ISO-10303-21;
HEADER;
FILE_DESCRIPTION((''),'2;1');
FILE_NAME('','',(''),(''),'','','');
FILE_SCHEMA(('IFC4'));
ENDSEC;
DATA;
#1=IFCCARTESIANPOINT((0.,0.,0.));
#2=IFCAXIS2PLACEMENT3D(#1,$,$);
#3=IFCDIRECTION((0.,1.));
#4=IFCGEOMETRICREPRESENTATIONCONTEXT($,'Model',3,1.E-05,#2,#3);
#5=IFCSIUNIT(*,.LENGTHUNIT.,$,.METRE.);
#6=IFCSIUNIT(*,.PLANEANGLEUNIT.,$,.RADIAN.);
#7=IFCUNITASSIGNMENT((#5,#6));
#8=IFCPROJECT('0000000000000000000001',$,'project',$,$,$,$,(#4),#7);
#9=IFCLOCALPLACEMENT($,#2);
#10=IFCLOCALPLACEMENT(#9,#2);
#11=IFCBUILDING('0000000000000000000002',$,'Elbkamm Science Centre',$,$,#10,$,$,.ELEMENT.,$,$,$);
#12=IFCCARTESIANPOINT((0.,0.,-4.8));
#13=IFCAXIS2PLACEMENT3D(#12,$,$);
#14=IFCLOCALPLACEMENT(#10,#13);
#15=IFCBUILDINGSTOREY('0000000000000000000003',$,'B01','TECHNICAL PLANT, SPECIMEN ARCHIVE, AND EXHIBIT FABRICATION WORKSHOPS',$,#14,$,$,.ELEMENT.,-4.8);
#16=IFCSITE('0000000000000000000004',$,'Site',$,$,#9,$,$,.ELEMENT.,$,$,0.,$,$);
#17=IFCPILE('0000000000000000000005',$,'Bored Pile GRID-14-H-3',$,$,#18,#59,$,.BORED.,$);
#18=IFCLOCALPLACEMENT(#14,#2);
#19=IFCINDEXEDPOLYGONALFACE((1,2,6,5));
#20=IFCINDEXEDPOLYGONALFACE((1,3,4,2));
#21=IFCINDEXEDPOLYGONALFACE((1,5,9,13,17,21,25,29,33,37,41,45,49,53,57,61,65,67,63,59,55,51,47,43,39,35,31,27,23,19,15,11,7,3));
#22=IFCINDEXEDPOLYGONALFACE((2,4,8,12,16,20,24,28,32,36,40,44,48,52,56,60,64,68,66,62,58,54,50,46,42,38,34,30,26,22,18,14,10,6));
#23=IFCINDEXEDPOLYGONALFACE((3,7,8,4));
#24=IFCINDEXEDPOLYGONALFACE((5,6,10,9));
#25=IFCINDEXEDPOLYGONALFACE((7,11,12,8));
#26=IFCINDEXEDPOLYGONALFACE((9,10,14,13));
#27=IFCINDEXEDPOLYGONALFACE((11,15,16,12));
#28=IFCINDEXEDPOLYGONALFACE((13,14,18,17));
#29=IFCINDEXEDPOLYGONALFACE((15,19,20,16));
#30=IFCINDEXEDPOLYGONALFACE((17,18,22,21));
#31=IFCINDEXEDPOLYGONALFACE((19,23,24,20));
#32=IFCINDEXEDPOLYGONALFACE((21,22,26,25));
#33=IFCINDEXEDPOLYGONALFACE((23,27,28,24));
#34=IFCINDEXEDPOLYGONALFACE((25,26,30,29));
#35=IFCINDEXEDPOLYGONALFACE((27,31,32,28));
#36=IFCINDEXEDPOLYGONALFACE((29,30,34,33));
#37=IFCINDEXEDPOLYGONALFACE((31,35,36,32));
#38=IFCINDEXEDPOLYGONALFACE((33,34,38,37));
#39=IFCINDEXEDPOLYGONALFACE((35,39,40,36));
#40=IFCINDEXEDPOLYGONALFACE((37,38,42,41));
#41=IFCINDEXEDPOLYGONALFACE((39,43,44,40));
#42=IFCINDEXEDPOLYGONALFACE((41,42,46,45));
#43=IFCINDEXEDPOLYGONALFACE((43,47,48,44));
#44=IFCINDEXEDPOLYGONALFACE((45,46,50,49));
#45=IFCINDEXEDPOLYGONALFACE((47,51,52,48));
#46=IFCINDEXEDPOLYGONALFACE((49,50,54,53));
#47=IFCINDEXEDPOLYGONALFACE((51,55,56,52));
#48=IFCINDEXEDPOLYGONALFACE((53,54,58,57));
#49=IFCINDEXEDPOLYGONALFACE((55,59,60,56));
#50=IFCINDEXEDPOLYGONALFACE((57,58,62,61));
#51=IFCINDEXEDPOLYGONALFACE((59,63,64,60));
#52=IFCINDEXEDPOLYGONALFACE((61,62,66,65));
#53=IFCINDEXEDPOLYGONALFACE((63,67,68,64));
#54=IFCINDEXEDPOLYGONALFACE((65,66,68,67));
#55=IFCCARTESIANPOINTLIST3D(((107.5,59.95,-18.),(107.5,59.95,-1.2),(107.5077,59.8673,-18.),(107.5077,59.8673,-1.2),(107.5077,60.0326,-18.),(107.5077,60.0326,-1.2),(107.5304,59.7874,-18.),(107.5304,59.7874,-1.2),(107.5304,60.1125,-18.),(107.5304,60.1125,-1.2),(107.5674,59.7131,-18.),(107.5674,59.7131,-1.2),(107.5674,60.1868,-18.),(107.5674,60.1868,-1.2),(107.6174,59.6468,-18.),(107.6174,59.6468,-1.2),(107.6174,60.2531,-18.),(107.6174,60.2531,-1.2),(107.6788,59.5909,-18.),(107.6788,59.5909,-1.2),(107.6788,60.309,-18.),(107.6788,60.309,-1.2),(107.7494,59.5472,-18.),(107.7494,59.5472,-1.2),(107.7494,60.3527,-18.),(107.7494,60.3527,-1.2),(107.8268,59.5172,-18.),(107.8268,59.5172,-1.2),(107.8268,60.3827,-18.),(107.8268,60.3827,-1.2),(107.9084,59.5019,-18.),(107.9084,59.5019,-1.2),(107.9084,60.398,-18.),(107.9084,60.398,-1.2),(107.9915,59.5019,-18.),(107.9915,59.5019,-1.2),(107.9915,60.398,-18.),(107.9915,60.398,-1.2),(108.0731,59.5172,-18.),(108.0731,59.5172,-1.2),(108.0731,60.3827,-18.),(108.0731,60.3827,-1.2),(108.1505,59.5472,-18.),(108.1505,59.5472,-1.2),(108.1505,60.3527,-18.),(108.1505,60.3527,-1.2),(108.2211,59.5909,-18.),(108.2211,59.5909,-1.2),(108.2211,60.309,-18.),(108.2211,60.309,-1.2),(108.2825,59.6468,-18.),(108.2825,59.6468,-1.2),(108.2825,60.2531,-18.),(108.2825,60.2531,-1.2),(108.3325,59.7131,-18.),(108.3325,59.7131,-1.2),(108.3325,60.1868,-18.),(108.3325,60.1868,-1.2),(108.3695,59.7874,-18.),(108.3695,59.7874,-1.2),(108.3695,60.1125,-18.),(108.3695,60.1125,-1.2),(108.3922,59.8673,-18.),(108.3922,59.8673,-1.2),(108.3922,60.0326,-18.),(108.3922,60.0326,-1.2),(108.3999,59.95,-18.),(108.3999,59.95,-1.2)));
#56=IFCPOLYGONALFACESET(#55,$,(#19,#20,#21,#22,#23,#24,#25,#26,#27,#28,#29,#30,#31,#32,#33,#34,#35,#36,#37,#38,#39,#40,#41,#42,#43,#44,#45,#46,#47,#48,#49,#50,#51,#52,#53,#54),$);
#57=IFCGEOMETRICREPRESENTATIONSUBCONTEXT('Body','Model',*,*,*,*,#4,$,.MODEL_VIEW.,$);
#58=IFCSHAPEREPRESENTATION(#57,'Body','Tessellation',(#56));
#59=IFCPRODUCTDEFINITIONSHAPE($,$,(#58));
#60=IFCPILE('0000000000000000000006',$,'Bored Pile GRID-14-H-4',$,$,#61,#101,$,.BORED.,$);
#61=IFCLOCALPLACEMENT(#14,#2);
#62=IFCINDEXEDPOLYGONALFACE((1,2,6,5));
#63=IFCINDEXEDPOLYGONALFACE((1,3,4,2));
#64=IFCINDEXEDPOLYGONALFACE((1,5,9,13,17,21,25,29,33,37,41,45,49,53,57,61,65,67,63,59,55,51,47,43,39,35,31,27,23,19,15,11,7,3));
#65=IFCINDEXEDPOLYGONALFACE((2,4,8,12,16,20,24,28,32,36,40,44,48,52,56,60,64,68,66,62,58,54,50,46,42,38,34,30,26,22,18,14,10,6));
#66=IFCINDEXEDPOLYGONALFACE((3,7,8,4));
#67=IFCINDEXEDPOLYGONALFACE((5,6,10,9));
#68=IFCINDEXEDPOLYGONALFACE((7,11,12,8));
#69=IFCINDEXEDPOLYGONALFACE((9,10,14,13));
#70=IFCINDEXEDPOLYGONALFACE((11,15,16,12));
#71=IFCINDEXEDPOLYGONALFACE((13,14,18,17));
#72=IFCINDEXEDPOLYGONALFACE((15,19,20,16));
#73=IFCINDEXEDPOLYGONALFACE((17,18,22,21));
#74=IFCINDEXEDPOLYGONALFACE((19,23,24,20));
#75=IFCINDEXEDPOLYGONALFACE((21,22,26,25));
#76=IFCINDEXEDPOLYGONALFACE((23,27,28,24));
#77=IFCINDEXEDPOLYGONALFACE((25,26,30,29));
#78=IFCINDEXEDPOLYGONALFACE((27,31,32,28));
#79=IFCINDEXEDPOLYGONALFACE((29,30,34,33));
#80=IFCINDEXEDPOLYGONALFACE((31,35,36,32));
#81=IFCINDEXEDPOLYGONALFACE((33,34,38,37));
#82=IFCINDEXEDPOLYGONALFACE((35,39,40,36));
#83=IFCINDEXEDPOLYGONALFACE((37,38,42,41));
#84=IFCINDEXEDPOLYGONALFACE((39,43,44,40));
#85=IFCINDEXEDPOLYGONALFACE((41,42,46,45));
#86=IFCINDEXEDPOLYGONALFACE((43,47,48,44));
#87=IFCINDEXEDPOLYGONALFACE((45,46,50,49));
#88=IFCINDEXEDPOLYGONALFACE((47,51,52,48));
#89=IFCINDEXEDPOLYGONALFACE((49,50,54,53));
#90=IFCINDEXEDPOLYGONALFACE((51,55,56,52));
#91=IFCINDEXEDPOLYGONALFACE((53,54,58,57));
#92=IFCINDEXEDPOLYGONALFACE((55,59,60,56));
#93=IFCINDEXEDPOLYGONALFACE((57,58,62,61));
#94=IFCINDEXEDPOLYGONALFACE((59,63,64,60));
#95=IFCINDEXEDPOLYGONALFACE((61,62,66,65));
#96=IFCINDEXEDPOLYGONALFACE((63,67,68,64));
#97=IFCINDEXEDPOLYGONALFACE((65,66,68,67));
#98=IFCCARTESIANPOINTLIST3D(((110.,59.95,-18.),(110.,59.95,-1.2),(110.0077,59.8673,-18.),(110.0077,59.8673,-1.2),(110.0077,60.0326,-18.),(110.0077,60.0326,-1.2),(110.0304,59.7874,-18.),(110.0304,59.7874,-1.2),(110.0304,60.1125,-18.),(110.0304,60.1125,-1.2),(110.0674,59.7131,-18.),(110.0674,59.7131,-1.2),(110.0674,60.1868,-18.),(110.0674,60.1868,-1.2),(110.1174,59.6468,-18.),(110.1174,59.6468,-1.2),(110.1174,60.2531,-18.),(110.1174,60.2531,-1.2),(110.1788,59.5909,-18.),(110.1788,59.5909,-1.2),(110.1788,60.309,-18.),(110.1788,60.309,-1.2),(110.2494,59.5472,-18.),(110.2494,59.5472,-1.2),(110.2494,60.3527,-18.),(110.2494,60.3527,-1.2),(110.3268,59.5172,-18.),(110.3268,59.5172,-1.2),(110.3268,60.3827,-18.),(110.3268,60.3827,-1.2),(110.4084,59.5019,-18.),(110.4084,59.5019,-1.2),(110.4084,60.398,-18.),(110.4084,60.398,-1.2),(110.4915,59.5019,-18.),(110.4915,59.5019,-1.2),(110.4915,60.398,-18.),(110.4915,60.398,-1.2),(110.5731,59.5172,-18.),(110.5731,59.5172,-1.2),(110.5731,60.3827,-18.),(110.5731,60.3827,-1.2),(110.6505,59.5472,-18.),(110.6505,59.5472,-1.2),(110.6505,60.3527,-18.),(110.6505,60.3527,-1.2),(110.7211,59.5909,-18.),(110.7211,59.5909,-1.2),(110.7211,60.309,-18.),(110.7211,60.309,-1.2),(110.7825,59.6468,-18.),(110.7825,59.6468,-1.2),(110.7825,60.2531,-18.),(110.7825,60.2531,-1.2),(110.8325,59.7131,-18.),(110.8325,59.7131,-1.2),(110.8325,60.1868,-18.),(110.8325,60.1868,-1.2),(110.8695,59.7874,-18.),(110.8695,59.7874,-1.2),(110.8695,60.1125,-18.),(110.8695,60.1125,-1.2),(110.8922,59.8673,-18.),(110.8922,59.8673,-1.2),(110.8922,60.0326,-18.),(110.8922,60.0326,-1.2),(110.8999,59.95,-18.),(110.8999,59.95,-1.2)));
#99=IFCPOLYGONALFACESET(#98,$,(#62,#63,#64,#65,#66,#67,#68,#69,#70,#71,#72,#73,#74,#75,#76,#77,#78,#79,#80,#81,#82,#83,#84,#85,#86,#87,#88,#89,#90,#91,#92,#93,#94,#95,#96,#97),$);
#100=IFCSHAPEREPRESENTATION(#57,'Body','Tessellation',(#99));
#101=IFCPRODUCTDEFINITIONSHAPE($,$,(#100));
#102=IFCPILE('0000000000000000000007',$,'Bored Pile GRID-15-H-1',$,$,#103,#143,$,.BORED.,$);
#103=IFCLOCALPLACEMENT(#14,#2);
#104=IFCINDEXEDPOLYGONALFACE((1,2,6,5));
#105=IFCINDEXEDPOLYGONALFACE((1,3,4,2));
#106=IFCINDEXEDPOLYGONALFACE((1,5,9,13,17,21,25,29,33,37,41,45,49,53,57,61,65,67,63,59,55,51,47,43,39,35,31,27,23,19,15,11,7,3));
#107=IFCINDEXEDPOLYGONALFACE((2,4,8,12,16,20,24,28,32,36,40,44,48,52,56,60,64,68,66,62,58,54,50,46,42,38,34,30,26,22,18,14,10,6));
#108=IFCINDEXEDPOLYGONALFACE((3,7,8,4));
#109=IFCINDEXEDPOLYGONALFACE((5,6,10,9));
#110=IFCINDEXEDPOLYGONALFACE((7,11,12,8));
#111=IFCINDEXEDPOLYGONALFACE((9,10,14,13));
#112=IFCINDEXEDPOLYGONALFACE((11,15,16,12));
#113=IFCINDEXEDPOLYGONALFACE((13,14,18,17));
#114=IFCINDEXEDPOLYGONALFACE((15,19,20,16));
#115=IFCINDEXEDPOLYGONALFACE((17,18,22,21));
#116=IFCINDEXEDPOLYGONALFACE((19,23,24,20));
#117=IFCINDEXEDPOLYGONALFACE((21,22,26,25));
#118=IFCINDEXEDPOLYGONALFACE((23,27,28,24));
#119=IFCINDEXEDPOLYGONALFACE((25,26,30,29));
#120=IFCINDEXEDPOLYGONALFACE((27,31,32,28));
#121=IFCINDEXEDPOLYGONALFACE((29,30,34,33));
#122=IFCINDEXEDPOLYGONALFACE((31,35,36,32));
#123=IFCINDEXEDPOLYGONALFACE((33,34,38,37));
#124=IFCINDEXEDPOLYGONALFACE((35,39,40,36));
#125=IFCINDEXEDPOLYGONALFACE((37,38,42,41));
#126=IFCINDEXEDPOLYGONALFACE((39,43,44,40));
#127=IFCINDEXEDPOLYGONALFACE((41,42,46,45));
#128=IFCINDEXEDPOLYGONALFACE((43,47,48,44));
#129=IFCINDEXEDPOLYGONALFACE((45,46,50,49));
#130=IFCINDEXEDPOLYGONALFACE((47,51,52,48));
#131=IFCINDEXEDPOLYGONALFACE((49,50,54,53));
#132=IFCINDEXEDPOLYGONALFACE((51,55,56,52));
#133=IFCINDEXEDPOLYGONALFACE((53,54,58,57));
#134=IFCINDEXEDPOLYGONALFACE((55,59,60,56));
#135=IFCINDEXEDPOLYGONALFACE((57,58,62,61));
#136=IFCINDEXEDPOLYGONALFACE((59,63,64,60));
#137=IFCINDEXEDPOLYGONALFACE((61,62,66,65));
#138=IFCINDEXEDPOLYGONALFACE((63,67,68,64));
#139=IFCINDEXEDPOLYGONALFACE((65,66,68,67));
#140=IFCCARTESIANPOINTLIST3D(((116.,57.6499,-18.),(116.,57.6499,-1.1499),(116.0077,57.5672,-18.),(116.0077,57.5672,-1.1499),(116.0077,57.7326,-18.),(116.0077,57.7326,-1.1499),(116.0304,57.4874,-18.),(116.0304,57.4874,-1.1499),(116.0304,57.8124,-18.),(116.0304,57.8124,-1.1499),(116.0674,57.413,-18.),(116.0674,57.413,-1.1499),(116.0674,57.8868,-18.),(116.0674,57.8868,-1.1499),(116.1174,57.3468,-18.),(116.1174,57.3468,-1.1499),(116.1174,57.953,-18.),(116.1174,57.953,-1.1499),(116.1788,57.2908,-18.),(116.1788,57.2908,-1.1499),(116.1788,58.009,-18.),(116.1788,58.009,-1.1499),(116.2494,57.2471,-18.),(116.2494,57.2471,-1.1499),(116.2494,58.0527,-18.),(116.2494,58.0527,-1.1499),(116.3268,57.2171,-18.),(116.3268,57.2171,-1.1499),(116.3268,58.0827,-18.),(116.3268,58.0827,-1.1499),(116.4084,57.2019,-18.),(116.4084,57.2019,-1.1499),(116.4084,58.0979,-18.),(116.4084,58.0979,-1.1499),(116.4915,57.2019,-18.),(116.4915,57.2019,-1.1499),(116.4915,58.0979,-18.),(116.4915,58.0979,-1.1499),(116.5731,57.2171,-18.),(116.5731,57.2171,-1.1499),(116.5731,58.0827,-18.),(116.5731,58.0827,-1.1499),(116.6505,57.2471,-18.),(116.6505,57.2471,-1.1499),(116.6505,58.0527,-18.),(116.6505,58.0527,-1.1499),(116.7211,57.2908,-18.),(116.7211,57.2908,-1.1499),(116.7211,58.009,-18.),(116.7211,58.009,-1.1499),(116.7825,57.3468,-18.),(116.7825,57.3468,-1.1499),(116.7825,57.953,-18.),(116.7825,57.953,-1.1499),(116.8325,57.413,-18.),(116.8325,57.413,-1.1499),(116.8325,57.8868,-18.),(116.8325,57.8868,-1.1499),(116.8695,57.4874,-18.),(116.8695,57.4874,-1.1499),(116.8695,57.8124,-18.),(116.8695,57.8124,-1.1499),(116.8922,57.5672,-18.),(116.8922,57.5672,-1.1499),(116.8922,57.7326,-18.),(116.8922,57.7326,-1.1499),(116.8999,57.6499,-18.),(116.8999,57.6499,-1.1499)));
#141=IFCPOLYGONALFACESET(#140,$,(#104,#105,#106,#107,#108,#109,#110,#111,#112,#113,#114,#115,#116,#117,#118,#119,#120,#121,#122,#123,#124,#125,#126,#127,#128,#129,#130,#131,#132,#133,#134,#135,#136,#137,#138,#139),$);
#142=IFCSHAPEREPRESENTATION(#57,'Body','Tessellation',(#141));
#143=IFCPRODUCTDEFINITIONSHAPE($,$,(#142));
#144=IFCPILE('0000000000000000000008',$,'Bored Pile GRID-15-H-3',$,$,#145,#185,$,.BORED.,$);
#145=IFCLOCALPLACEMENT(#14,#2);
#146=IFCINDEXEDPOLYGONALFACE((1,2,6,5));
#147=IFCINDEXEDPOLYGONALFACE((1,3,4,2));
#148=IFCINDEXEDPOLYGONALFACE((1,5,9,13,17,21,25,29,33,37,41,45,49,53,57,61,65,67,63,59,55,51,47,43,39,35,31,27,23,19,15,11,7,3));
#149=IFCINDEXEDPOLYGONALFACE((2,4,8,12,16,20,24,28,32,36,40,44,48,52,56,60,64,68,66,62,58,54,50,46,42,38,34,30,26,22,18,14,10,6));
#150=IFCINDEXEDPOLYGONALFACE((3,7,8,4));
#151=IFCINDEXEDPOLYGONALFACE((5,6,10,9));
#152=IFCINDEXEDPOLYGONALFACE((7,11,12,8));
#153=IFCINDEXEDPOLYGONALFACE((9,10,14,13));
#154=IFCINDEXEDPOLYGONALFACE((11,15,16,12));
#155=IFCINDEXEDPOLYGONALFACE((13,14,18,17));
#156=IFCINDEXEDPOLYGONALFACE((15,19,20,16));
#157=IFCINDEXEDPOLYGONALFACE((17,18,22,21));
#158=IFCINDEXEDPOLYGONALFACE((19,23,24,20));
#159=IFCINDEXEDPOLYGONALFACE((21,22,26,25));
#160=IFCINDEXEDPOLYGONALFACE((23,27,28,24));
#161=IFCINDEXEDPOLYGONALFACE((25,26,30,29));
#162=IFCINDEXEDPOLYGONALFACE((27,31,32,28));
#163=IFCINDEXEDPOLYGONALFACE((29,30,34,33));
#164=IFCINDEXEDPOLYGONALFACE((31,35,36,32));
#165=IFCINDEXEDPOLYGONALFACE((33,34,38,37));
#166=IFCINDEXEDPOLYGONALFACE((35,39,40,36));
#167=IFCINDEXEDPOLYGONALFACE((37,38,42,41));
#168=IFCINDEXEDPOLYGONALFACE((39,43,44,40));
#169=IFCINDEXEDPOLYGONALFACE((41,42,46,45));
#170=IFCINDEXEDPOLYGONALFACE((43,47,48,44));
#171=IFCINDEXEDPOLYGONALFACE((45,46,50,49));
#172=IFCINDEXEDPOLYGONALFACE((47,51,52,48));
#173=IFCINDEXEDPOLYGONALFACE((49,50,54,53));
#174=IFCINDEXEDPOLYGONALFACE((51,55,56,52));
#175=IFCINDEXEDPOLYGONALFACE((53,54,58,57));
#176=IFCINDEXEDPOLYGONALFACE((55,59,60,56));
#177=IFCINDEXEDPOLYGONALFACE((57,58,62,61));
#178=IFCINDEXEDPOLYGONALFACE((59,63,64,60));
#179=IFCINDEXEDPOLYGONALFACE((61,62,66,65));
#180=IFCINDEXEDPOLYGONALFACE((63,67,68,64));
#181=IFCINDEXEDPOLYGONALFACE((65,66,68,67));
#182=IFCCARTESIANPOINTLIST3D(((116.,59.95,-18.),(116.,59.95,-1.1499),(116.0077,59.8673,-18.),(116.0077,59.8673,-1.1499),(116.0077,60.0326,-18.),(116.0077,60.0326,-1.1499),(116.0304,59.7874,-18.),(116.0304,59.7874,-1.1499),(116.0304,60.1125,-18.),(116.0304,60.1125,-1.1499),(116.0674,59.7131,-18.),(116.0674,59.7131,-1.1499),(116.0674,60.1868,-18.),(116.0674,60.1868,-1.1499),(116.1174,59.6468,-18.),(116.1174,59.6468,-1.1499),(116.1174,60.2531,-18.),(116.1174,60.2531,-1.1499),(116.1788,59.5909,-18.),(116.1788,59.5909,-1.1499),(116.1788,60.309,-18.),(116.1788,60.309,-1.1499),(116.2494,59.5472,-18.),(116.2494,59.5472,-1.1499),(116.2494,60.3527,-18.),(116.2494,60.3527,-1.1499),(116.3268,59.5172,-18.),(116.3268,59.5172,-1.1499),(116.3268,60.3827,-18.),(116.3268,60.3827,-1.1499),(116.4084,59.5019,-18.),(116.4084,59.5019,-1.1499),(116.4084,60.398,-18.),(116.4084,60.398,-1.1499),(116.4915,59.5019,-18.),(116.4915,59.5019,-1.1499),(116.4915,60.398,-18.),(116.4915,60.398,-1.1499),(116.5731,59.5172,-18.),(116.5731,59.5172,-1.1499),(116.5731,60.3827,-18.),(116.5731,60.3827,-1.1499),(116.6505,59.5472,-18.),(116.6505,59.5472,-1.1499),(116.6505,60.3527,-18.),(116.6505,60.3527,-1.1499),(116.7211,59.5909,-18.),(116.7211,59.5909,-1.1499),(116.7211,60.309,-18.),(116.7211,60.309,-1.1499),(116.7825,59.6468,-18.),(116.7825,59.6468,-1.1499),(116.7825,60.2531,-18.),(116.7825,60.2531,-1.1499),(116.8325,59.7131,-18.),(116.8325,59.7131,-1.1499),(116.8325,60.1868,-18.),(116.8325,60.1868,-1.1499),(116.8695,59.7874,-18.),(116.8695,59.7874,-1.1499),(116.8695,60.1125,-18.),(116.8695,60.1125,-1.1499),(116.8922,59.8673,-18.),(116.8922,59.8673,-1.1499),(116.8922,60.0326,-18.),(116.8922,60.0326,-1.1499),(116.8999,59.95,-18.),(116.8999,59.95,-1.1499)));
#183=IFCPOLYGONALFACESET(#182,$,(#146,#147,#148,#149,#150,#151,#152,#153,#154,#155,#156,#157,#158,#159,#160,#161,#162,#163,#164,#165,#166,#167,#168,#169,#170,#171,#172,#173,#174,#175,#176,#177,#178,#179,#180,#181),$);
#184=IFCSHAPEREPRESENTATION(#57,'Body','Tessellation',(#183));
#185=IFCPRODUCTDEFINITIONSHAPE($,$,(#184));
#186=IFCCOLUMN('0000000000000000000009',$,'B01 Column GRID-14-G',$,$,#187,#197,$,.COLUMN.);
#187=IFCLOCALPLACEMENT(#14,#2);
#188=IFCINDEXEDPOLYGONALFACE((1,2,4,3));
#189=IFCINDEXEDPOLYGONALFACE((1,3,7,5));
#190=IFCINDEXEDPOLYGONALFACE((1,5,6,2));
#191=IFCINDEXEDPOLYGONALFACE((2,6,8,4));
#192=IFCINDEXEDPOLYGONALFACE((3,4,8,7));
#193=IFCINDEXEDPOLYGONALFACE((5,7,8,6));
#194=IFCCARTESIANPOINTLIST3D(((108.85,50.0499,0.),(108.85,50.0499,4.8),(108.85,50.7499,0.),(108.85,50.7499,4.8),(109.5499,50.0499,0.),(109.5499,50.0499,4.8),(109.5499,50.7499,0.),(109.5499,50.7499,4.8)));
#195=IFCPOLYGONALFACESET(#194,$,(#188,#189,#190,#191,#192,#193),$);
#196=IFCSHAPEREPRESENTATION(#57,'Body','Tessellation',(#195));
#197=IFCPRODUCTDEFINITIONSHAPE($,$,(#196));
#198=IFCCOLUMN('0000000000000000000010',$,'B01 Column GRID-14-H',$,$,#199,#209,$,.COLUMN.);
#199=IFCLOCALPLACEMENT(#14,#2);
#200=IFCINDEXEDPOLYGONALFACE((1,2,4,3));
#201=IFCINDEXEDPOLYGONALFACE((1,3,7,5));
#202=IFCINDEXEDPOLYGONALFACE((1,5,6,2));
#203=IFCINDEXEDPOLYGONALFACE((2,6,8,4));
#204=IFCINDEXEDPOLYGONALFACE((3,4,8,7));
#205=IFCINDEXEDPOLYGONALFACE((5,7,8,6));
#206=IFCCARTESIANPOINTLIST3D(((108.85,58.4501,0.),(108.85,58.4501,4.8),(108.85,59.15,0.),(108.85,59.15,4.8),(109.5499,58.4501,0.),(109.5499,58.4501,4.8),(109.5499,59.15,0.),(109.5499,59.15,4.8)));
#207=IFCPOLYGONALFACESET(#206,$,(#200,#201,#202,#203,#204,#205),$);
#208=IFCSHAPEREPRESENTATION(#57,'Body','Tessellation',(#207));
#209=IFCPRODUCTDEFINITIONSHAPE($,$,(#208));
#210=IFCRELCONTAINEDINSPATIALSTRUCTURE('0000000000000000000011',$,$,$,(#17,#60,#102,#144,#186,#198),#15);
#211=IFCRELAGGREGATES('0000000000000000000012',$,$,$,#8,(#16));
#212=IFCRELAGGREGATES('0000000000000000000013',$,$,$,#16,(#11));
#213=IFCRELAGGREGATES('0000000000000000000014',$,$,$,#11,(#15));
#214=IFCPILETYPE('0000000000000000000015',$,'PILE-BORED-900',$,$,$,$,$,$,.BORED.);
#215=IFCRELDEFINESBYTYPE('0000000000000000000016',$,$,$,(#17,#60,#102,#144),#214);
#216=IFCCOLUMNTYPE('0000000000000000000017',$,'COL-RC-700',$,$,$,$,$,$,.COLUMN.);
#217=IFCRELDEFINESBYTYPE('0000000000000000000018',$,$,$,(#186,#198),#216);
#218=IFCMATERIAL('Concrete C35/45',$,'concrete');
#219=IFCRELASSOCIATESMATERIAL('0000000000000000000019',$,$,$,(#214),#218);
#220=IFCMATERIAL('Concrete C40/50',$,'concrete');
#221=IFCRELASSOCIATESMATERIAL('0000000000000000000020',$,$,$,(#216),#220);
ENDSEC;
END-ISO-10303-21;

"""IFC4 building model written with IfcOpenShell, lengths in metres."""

from ifc_helpers import new_model, si_unit, direction, frame, origin, origin_2d, place, context, subcontext, project, spatial, rectangle, circle, extrude, material, material_profile, profile_set, type_object, element, save


model = new_model("IFC4")

# Units and contexts
model_context = context("Model", 3, precision=1e-05, world=origin(), true_north=direction((0.0, 1.0)))
body_context = subcontext(model_context, "Body", "Model", "MODEL_VIEW")
ifc_project = project(units=[si_unit("LENGTHUNIT", "METRE"), si_unit("PLANEANGLEUNIT", "RADIAN")], contexts=[model_context])

# Site, building, storey
site_placement = place(None, origin())
site = spatial("IfcSite", under=ifc_project, at=site_placement, Name="Site", CompositionType="ELEMENT", RefElevation=0.0)
building_placement = place(site_placement, origin())
building = spatial("IfcBuilding", under=site, at=building_placement, Name="Elbkamm Science Centre", CompositionType="ELEMENT")
storey_placement = place(building_placement, frame((0.0, 0.0, -4.8)))
storey = spatial("IfcBuildingStorey", under=building, at=storey_placement, Name="B01", Description="TECHNICAL PLANT, SPECIMEN ARCHIVE, AND EXHIBIT FABRICATION WORKSHOPS", CompositionType="ELEMENT", Elevation=-4.8)

# Shared definitions
ifc_material_1 = material(Name="Concrete C35/45", Category="concrete")

# Piles
ifc_material_profile_1 = material_profile(ifc_material_1, circle(Radius=0.45, at=origin_2d()), Name="PILE D900")
ifc_profile_set_1 = profile_set([ifc_material_profile_1], Name="Concrete C35/45")
pile_type_1 = type_object("IfcPileType", Name="PILE-BORED-900", PredefinedType="BORED", material=ifc_profile_set_1)
for number, where, z_axis, x_axis, name in (
    (1, (107.95, 59.95, -1.2), (0.0, 0.0, -1.0), (1.0, 0.0, 0.0), "Bored Pile GRID-14-H-3"),
    (2, (110.45, 59.95, -1.2), (0.0, 0.0, -1.0), (1.0, 0.0, 0.0), "Bored Pile GRID-14-H-4"),
):
    element("IfcPile", number, at=place(storey_placement, frame(where, z_axis=z_axis, x_axis=x_axis)), inside=storey, type_object=pile_type_1, Name=name, PredefinedType="BORED", context=body_context, shape_type="SweptSolid", body=[
        extrude(circle(Radius=0.45, at=origin_2d()), origin(), (0.0, 0.0, 1.0), 16.8),
    ])
for number, where, z_axis, x_axis, name in (
    (3, (116.45, 57.6499, -1.1499), (0.0, 0.0, -1.0), (1.0, 0.0, 0.0), "Bored Pile GRID-15-H-1"),
    (4, (116.45, 59.95, -1.1499), (0.0, 0.0, -1.0), (1.0, 0.0, 0.0), "Bored Pile GRID-15-H-3"),
):
    element("IfcPile", number, at=place(storey_placement, frame(where, z_axis=z_axis, x_axis=x_axis)), inside=storey, type_object=pile_type_1, Name=name, PredefinedType="BORED", context=body_context, shape_type="SweptSolid", body=[
        extrude(circle(Radius=0.45, at=origin_2d()), origin(), (0.0, 0.0, 1.0), 16.8501),
    ])

# Columns
ifc_material_2 = material(Name="Concrete C40/50", Category="concrete")
ifc_material_profile_2 = material_profile(ifc_material_2, rectangle(XDim=0.7, YDim=0.7, at=origin_2d()), Name="RC 700x700")
ifc_profile_set_2 = profile_set([ifc_material_profile_2], Name="Concrete C40/50")
column_type = type_object("IfcColumnType", Name="COL-RC-700", PredefinedType="COLUMN", material=ifc_profile_set_2)
for number, where, z_axis, x_axis, name in (
    (5, (109.2, 50.3999, 0.0), (0.0, 0.0, 1.0), (1.0, 0.0, 0.0), "B01 Column GRID-14-G"),
    (6, (109.2, 58.8, 0.0), (0.0, 0.0, 1.0), (1.0, 0.0, 0.0), "B01 Column GRID-14-H"),
):
    element("IfcColumn", number, at=place(storey_placement, frame(where, z_axis=z_axis, x_axis=x_axis)), inside=storey, type_object=column_type, Name=name, PredefinedType="COLUMN", context=body_context, shape_type="SweptSolid", body=[
        extrude(rectangle(XDim=0.7, YDim=0.7, at=origin_2d()), origin(), (0.0, 0.0, 1.0), 4.8),
    ])

save(model, "model.ifc")
